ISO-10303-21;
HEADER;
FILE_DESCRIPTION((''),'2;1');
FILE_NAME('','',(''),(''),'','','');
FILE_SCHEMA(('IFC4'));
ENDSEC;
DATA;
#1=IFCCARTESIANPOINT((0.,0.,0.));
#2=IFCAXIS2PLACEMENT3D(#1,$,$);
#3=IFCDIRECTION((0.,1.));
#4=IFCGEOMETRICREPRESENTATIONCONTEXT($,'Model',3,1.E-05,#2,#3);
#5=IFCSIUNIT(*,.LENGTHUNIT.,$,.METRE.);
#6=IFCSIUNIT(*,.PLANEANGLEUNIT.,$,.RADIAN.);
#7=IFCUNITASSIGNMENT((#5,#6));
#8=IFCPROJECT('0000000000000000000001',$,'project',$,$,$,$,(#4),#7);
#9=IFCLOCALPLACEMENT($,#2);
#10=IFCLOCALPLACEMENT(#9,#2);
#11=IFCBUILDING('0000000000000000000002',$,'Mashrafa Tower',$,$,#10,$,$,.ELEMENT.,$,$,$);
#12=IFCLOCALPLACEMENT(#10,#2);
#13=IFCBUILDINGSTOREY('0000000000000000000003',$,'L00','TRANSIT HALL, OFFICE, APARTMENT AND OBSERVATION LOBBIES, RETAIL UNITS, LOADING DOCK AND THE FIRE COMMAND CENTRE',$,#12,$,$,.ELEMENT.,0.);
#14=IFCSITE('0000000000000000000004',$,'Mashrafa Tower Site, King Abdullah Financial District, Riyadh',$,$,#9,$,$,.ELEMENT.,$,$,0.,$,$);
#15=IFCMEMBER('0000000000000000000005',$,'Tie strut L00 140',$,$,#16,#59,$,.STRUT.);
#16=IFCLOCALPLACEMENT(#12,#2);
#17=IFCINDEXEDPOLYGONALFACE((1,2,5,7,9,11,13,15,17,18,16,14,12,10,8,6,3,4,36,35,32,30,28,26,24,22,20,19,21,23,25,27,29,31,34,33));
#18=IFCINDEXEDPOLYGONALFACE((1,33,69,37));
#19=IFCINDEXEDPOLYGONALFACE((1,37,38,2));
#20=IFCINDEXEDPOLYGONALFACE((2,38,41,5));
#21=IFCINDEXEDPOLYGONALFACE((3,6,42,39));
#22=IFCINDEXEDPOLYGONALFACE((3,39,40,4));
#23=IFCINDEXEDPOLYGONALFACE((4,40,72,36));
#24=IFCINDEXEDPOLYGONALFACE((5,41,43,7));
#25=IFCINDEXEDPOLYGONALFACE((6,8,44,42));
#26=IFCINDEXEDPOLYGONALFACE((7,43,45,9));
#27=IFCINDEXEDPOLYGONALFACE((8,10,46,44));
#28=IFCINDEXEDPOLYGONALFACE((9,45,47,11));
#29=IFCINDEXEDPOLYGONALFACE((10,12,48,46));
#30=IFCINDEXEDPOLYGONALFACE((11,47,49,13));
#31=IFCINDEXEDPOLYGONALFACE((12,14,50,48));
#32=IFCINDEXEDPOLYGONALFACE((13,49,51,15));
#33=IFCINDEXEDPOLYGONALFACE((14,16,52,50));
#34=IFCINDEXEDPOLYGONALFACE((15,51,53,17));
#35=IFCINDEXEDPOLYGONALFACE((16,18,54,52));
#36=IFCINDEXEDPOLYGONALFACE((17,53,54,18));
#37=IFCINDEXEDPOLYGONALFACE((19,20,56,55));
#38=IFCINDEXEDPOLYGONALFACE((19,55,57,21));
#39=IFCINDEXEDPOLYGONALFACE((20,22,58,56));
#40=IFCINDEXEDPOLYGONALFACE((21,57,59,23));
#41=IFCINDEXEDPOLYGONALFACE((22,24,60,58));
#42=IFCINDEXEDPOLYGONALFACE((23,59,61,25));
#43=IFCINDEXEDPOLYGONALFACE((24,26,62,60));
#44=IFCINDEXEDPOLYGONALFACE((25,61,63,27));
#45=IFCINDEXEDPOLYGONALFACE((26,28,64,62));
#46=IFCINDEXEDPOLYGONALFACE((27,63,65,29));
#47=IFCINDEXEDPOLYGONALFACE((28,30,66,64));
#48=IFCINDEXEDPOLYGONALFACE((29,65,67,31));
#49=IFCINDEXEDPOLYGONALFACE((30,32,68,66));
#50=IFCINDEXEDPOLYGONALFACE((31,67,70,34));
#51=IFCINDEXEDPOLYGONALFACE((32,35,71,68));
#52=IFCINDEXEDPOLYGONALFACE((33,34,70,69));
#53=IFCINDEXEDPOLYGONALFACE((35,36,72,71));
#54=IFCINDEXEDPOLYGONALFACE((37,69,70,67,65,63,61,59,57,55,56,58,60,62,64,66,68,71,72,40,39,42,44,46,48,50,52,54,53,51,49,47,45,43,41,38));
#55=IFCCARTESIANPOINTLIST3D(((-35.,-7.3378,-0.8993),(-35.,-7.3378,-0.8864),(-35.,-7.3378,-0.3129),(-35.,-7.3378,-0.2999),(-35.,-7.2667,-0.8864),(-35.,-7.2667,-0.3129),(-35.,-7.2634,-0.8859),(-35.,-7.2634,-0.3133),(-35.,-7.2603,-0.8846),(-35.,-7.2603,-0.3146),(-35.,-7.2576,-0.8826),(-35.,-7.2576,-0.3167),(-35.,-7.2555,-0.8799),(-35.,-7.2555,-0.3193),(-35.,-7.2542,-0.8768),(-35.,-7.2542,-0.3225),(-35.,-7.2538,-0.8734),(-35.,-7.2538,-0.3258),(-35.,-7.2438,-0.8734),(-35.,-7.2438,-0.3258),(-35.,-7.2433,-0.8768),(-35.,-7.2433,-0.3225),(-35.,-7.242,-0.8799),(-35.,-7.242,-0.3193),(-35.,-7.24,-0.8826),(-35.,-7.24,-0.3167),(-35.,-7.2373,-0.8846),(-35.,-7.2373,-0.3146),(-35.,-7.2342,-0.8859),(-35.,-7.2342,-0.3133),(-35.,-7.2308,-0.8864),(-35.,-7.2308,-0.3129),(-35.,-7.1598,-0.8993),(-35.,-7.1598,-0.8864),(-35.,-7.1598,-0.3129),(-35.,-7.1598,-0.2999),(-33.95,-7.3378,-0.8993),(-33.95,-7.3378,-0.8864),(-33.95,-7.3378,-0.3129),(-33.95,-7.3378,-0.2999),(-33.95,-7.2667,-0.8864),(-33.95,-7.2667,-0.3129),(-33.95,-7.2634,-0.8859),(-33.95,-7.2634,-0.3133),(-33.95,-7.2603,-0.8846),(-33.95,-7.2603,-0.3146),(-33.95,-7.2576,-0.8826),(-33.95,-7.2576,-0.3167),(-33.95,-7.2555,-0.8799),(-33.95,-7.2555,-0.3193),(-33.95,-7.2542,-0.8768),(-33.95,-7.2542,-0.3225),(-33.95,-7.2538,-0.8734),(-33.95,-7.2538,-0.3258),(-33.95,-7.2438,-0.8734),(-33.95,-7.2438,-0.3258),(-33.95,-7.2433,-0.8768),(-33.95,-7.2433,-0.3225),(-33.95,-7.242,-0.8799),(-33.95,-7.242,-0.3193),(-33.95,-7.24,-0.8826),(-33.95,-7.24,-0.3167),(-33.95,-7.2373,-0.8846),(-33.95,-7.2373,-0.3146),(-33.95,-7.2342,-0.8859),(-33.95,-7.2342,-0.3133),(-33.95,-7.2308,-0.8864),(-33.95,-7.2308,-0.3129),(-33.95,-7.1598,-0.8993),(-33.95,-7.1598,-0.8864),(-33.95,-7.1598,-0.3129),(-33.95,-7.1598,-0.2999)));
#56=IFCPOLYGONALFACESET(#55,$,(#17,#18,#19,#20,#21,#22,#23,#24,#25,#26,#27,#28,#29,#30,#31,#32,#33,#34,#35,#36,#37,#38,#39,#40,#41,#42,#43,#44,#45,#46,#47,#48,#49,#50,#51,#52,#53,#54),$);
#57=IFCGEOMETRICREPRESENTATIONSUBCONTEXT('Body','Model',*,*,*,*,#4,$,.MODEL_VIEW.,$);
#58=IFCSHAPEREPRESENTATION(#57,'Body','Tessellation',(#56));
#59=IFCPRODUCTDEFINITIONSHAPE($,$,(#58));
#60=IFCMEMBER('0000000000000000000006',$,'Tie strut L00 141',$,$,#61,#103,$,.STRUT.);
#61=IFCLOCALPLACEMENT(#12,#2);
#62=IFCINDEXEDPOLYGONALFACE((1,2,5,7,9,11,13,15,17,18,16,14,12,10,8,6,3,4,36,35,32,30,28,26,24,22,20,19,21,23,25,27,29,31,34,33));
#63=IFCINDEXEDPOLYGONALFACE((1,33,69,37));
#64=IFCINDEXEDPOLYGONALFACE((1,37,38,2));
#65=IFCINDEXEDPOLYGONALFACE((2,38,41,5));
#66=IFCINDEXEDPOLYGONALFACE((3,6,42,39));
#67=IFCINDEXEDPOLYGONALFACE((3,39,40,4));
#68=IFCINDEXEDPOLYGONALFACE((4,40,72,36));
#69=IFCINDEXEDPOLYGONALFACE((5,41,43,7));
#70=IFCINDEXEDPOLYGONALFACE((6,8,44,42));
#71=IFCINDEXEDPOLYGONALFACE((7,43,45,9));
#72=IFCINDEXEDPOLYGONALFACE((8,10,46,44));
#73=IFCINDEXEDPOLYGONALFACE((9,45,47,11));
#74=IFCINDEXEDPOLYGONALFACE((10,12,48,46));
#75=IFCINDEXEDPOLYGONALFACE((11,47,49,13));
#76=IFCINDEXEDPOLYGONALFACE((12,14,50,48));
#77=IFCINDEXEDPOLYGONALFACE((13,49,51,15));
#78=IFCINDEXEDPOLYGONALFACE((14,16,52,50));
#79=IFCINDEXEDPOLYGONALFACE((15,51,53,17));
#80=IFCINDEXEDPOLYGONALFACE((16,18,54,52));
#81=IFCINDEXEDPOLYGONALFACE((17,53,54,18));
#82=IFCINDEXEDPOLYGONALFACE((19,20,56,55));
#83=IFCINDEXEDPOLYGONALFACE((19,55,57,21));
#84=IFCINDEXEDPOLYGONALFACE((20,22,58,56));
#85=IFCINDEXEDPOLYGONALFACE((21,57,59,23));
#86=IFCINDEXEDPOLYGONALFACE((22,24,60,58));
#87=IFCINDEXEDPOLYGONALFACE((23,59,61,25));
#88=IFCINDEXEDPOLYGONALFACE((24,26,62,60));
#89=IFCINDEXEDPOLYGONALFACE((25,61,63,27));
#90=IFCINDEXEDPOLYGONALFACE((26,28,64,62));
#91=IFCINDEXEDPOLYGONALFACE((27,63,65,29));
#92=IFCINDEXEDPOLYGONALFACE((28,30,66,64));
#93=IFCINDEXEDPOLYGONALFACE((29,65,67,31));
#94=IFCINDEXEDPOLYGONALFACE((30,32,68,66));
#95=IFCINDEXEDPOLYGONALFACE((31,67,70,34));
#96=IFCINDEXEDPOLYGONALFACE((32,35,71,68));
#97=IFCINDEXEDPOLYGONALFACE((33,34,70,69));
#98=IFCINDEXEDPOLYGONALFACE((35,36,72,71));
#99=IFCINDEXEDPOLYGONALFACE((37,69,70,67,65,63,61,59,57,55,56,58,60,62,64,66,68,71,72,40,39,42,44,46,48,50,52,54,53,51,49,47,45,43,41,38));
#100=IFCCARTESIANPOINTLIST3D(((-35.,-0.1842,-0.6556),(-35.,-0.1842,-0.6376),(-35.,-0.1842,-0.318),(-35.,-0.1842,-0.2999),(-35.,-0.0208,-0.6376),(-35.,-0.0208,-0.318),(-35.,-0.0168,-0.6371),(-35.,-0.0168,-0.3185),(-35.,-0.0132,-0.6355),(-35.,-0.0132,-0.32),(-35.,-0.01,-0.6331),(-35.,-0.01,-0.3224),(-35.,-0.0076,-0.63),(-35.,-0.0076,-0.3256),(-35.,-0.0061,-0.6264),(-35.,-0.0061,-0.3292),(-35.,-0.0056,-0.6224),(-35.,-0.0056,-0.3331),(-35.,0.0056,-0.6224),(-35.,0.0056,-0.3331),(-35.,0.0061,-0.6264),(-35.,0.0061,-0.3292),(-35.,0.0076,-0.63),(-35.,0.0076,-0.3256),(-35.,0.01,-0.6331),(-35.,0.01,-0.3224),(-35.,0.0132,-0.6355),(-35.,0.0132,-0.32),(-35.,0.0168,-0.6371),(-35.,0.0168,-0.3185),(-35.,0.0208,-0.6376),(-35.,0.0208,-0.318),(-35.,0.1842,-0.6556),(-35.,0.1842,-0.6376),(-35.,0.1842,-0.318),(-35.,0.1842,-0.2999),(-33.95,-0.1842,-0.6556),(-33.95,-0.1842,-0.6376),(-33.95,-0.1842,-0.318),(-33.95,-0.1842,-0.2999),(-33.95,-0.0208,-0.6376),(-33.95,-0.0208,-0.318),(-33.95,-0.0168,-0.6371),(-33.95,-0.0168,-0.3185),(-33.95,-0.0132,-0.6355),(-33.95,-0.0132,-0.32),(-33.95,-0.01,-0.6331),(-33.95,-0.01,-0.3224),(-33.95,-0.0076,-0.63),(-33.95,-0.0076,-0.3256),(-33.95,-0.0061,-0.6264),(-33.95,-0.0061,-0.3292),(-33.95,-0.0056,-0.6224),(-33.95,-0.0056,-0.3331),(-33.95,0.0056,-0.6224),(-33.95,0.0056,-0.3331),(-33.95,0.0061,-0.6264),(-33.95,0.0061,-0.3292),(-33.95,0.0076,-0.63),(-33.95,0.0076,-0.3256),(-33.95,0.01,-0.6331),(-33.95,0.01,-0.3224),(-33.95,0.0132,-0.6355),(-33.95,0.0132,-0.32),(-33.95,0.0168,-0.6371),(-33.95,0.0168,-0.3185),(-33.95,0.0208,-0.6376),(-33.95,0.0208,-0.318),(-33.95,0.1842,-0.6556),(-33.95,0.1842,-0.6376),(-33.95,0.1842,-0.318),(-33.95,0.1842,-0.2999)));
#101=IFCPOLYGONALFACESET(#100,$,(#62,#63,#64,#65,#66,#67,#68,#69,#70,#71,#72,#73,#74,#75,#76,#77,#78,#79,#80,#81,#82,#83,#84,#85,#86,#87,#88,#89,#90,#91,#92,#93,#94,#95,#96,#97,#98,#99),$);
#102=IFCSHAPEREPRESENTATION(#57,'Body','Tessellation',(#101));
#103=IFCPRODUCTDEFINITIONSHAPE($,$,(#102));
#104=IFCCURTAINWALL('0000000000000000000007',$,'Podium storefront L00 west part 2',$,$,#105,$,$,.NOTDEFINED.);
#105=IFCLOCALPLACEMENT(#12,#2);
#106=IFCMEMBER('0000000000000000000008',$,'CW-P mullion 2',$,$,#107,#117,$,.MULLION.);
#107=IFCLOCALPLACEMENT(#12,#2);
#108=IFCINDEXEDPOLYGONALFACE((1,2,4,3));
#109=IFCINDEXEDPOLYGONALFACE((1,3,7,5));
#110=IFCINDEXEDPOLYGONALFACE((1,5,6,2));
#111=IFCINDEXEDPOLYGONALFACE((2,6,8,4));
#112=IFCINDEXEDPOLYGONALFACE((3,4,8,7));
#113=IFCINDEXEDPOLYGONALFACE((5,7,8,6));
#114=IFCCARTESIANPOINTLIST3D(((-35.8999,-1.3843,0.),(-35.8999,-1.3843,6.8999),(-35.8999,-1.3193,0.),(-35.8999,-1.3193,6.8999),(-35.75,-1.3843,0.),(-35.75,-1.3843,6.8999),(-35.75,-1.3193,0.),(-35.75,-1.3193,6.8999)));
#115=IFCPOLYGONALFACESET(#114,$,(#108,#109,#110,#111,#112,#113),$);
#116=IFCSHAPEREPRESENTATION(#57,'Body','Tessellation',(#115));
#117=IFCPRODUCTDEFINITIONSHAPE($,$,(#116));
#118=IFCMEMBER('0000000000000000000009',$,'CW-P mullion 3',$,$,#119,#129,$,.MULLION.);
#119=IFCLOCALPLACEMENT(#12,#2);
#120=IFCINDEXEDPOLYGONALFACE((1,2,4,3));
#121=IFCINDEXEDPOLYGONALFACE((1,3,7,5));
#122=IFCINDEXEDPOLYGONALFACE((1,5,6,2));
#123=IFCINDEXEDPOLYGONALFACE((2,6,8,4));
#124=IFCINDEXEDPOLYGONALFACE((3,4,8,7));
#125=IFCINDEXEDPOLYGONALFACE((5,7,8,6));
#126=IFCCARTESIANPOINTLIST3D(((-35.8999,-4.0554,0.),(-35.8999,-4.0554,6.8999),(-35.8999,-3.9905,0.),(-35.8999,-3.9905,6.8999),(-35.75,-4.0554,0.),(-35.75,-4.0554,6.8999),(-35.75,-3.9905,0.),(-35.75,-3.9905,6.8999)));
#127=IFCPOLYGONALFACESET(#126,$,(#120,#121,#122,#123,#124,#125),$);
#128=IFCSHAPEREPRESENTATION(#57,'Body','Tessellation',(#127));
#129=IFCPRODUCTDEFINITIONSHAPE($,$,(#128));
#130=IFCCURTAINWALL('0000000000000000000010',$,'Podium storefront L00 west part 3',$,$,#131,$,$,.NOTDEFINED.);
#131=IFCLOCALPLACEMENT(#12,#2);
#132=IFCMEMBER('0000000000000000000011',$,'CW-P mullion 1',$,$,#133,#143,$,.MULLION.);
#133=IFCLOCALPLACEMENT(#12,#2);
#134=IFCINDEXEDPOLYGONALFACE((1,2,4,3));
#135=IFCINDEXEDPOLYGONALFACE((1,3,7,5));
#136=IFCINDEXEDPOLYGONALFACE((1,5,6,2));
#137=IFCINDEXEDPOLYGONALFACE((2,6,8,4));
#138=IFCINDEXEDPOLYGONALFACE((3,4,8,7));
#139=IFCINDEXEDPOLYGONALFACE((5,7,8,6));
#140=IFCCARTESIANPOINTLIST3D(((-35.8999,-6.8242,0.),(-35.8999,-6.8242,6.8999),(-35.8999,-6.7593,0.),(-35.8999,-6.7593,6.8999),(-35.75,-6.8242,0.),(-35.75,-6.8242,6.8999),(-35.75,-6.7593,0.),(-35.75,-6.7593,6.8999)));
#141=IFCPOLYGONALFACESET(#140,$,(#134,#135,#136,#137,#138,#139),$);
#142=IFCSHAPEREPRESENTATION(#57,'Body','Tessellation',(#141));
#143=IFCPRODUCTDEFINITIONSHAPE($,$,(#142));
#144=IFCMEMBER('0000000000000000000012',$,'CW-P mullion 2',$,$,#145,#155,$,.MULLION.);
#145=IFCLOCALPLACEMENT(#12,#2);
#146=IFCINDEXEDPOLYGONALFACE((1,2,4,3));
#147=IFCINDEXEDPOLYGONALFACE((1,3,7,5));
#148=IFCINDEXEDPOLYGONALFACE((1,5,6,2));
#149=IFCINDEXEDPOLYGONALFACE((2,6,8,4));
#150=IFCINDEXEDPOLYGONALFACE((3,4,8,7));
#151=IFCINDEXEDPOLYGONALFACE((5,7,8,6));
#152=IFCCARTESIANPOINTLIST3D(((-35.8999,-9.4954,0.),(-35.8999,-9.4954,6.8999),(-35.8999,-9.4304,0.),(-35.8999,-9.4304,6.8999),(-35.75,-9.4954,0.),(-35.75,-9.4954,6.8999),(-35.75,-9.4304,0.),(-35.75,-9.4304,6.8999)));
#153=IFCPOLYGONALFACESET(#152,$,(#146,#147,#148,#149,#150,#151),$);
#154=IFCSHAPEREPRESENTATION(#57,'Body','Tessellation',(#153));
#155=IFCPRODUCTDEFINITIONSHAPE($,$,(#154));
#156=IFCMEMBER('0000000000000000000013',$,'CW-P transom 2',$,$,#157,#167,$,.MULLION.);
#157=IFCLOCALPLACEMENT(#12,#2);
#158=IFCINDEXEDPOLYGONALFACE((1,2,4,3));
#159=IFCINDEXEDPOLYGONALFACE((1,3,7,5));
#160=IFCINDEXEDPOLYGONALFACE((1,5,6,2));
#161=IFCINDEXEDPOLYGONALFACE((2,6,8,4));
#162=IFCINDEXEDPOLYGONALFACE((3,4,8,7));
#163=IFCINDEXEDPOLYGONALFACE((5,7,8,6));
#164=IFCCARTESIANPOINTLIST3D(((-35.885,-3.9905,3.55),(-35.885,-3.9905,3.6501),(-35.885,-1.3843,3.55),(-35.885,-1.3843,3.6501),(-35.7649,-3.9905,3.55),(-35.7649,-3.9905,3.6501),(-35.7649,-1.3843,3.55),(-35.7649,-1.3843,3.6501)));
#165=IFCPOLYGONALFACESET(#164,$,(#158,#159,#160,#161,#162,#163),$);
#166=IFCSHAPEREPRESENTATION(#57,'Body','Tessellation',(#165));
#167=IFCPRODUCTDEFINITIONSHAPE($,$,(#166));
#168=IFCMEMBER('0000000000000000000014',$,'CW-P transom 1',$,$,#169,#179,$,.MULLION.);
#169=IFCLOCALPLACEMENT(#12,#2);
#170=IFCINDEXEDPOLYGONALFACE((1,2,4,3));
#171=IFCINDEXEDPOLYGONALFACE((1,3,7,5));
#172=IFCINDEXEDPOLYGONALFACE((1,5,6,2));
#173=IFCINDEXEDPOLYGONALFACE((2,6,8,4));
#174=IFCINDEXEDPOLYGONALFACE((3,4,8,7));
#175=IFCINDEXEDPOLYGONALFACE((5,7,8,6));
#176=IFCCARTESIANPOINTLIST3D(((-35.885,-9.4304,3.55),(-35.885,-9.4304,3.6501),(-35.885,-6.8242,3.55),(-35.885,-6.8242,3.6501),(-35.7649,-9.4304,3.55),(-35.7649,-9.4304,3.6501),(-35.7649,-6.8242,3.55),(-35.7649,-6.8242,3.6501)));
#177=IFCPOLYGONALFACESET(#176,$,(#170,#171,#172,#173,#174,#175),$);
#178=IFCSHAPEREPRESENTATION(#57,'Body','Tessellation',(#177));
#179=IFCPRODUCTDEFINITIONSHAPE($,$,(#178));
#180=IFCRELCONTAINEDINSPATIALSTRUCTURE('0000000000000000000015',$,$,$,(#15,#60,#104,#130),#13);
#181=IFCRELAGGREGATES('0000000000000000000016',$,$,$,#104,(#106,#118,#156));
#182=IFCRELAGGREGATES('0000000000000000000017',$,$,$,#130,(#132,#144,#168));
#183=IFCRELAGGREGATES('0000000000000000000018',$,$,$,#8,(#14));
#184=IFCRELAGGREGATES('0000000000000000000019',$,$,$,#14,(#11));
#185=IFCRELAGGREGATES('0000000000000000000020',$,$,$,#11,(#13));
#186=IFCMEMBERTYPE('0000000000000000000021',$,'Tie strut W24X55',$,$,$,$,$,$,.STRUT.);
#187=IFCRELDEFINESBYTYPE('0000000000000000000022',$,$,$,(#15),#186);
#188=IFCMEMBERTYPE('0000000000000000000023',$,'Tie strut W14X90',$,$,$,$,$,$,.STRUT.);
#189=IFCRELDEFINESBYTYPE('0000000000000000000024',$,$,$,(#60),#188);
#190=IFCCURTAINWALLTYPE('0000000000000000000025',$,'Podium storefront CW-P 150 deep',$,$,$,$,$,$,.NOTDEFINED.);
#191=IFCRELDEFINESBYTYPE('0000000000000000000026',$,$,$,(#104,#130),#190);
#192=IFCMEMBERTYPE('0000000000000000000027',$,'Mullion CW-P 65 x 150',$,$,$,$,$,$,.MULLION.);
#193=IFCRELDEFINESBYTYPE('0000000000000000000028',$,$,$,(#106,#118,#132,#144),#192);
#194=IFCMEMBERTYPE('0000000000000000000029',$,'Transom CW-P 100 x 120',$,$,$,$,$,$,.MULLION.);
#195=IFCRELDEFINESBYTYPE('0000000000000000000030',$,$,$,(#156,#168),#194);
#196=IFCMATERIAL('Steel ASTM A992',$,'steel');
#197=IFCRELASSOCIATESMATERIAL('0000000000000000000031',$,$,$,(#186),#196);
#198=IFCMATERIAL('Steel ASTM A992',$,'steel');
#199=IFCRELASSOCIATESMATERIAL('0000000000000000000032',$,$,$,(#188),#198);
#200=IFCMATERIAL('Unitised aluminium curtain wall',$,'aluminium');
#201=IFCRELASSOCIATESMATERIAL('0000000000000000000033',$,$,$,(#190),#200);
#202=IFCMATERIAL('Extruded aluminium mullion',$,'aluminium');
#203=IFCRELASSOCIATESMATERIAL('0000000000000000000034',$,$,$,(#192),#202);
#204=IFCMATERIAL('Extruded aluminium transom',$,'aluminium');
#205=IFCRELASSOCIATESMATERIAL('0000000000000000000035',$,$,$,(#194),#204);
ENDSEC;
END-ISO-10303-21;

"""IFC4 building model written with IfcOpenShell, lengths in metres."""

from ifc_helpers import new_model, si_unit, direction, frame, origin, origin_2d, place, context, subcontext, project, spatial, rectangle, i_section, extrude, source, transform, mapped, material, material_profile, profile_set, type_object, type_shapes, element, aggregate, save


model = new_model("IFC4")

# Units and contexts
model_context = context("Model", 3, precision=1e-05, world=origin(), true_north=direction((0.0, 1.0)))
body_context = subcontext(model_context, "Body", "Model", "MODEL_VIEW")
ifc_project = project(units=[si_unit("LENGTHUNIT", "METRE"), si_unit("PLANEANGLEUNIT", "RADIAN")], contexts=[model_context])

# Site, building, storey
site_placement = place(None, origin())
site = spatial("IfcSite", under=ifc_project, at=site_placement, Name="Mashrafa Tower Site, King Abdullah Financial District, Riyadh", CompositionType="ELEMENT", RefElevation=0.0)
building_placement = place(site_placement, origin())
building = spatial("IfcBuilding", under=site, at=building_placement, Name="Mashrafa Tower", CompositionType="ELEMENT")
storey_placement = place(building_placement, origin())
storey = spatial("IfcBuildingStorey", under=building, at=storey_placement, Name="L00", Description="TRANSIT HALL, OFFICE, APARTMENT AND OBSERVATION LOBBIES, RETAIL UNITS, LOADING DOCK AND THE FIRE COMMAND CENTRE", CompositionType="ELEMENT", Elevation=0.0)

# Members
ifc_material_1 = material(Name="Steel ASTM A992", Category="steel")
ifc_material_profile_1 = material_profile(ifc_material_1, i_section(OverallWidth=0.178, OverallDepth=0.5994, WebThickness=0.01, FlangeThickness=0.0129, FilletRadius=0.0129, at=origin_2d()), Name="W24X55")
ifc_profile_set_1 = profile_set([ifc_material_profile_1], Name="Steel ASTM A992")
member_type_1 = type_object("IfcMemberType", Name="Tie strut W24X55", PredefinedType="STRUT", material=ifc_profile_set_1)
shared_shape_1 = source(origin(), body_context, "Body", "SweptSolid", [
    extrude(i_section(OverallWidth=0.178, OverallDepth=0.5994, WebThickness=0.01, FlangeThickness=0.0129, FilletRadius=0.0129, at=origin_2d()), origin(), (0.0, 0.0, 1.0), 1.05),
])
type_shapes(member_type_1, [shared_shape_1])
member_1_placement = place(storey_placement, frame((-33.95, -7.2488, -0.5996), z_axis=(-1.0, 0.0, 0.0), x_axis=(0.0, -1.0, 0.0)))
element("IfcMember", 1, at=member_1_placement, inside=storey, type_object=member_type_1, Name="Tie strut L00 140", PredefinedType="STRUT", context=body_context, shape_type="MappedRepresentation", body=[
    mapped(shared_shape_1, transform((0.0, 0.0, 0.0))),
])
ifc_material_2 = material(Name="Steel ASTM A992", Category="steel")
ifc_material_profile_2 = material_profile(ifc_material_2, i_section(OverallWidth=0.3684, OverallDepth=0.3557, WebThickness=0.0112, FlangeThickness=0.0181, FilletRadius=0.0151, at=origin_2d()), Name="W14X90")
ifc_profile_set_2 = profile_set([ifc_material_profile_2], Name="Steel ASTM A992")
member_type_2 = type_object("IfcMemberType", Name="Tie strut W14X90", PredefinedType="STRUT", material=ifc_profile_set_2)
shared_shape_2 = source(origin(), body_context, "Body", "SweptSolid", [
    extrude(i_section(OverallWidth=0.3684, OverallDepth=0.3557, WebThickness=0.0112, FlangeThickness=0.0181, FilletRadius=0.0151, at=origin_2d()), origin(), (0.0, 0.0, 1.0), 1.05),
])
type_shapes(member_type_2, [shared_shape_2])
member_2_placement = place(storey_placement, frame((-33.95, 0.0, -0.4778), z_axis=(-1.0, 0.0, 0.0), x_axis=(0.0, -1.0, 0.0)))
element("IfcMember", 2, at=member_2_placement, inside=storey, type_object=member_type_2, Name="Tie strut L00 141", PredefinedType="STRUT", context=body_context, shape_type="MappedRepresentation", body=[
    mapped(shared_shape_2, transform((0.0, 0.0, 0.0))),
])

# Curtain walls, members
ifc_material_3 = material(Name="Unitised aluminium curtain wall", Category="aluminium")
curtain_wall_type = type_object("IfcCurtainWallType", Name="Podium storefront CW-P 150 deep", PredefinedType="NOTDEFINED", material=ifc_material_3)
curtain_wall_1_placement = place(storey_placement, origin())
curtain_wall_1 = element("IfcCurtainWall", 3, at=curtain_wall_1_placement, inside=storey, type_object=curtain_wall_type, Name="Podium storefront L00 west part 2", PredefinedType="NOTDEFINED")
ifc_material_4 = material(Name="Extruded aluminium mullion", Category="aluminium")
ifc_material_profile_3 = material_profile(ifc_material_4, rectangle(XDim=0.1499, YDim=0.0649, at=origin_2d()), Name="Mullion 65x150")
ifc_profile_set_3 = profile_set([ifc_material_profile_3], Name="Extruded aluminium mullion")
member_type_3 = type_object("IfcMemberType", Name="Mullion CW-P 65 x 150", PredefinedType="MULLION", material=ifc_profile_set_3)
shared_shape_3 = source(origin(), body_context, "Body", "SweptSolid", [
    extrude(rectangle(XDim=0.1499, YDim=0.0649, at=origin_2d()), origin(), (0.0, 0.0, 1.0), 6.8999),
])
type_shapes(member_type_3, [shared_shape_3])
member_3_placement = place(storey_placement, frame((-35.825, -1.3518, 0.0), z_axis=(0.0, 0.0, 1.0), x_axis=(1.0, 0.0, 0.0)))
member_3 = element("IfcMember", 4, at=member_3_placement, type_object=member_type_3, Name="CW-P mullion 2", PredefinedType="MULLION", context=body_context, shape_type="MappedRepresentation", body=[
    mapped(shared_shape_3, transform((0.0, 0.0, 0.0))),
])
member_4_placement = place(storey_placement, frame((-35.825, -4.0229, 0.0), z_axis=(0.0, 0.0, 1.0), x_axis=(1.0, 0.0, 0.0)))
member_4 = element("IfcMember", 5, at=member_4_placement, type_object=member_type_3, Name="CW-P mullion 3", PredefinedType="MULLION", context=body_context, shape_type="MappedRepresentation", body=[
    mapped(shared_shape_3, transform((0.0, 0.0, 0.0))),
])
curtain_wall_2_placement = place(storey_placement, origin())
curtain_wall_2 = element("IfcCurtainWall", 6, at=curtain_wall_2_placement, inside=storey, type_object=curtain_wall_type, Name="Podium storefront L00 west part 3", PredefinedType="NOTDEFINED")
member_5_placement = place(storey_placement, frame((-35.825, -6.7917, 0.0), z_axis=(0.0, 0.0, 1.0), x_axis=(1.0, 0.0, 0.0)))
member_5 = element("IfcMember", 7, at=member_5_placement, type_object=member_type_3, Name="CW-P mullion 1", PredefinedType="MULLION", context=body_context, shape_type="MappedRepresentation", body=[
    mapped(shared_shape_3, transform((0.0, 0.0, 0.0))),
])
member_6_placement = place(storey_placement, frame((-35.825, -9.4629, 0.0), z_axis=(0.0, 0.0, 1.0), x_axis=(1.0, 0.0, 0.0)))
member_6 = element("IfcMember", 8, at=member_6_placement, type_object=member_type_3, Name="CW-P mullion 2", PredefinedType="MULLION", context=body_context, shape_type="MappedRepresentation", body=[
    mapped(shared_shape_3, transform((0.0, 0.0, 0.0))),
])

# Members
ifc_material_5 = material(Name="Extruded aluminium transom", Category="aluminium")
ifc_material_profile_4 = material_profile(ifc_material_5, rectangle(XDim=0.1201, YDim=0.1001, at=origin_2d()), Name="Transom 100x120")
ifc_profile_set_4 = profile_set([ifc_material_profile_4], Name="Extruded aluminium transom")
member_type_4 = type_object("IfcMemberType", Name="Transom CW-P 100 x 120", PredefinedType="MULLION", material=ifc_profile_set_4)
shared_shape_4 = source(origin(), body_context, "Body", "SweptSolid", [
    extrude(rectangle(XDim=0.1201, YDim=0.1001, at=origin_2d()), origin(), (0.0, 0.0, 1.0), 2.6062),
])
type_shapes(member_type_4, [shared_shape_4])
member_7_placement = place(storey_placement, frame((-35.825, -1.3843, 3.6001), z_axis=(0.0, -1.0, 0.0), x_axis=(1.0, 0.0, 0.0)))
member_7 = element("IfcMember", 9, at=member_7_placement, type_object=member_type_4, Name="CW-P transom 2", PredefinedType="MULLION", context=body_context, shape_type="MappedRepresentation", body=[
    mapped(shared_shape_4, transform((0.0, 0.0, 0.0))),
])
member_8_placement = place(storey_placement, frame((-35.825, -6.8242, 3.6001), z_axis=(0.0, -1.0, 0.0), x_axis=(1.0, 0.0, 0.0)))
member_8 = element("IfcMember", 10, at=member_8_placement, type_object=member_type_4, Name="CW-P transom 1", PredefinedType="MULLION", context=body_context, shape_type="MappedRepresentation", body=[
    mapped(shared_shape_4, transform((0.0, 0.0, 0.0))),
])

aggregate(curtain_wall_1, [member_3, member_4, member_7])
aggregate(curtain_wall_2, [member_5, member_6, member_8])

save(model, "model.ifc")
